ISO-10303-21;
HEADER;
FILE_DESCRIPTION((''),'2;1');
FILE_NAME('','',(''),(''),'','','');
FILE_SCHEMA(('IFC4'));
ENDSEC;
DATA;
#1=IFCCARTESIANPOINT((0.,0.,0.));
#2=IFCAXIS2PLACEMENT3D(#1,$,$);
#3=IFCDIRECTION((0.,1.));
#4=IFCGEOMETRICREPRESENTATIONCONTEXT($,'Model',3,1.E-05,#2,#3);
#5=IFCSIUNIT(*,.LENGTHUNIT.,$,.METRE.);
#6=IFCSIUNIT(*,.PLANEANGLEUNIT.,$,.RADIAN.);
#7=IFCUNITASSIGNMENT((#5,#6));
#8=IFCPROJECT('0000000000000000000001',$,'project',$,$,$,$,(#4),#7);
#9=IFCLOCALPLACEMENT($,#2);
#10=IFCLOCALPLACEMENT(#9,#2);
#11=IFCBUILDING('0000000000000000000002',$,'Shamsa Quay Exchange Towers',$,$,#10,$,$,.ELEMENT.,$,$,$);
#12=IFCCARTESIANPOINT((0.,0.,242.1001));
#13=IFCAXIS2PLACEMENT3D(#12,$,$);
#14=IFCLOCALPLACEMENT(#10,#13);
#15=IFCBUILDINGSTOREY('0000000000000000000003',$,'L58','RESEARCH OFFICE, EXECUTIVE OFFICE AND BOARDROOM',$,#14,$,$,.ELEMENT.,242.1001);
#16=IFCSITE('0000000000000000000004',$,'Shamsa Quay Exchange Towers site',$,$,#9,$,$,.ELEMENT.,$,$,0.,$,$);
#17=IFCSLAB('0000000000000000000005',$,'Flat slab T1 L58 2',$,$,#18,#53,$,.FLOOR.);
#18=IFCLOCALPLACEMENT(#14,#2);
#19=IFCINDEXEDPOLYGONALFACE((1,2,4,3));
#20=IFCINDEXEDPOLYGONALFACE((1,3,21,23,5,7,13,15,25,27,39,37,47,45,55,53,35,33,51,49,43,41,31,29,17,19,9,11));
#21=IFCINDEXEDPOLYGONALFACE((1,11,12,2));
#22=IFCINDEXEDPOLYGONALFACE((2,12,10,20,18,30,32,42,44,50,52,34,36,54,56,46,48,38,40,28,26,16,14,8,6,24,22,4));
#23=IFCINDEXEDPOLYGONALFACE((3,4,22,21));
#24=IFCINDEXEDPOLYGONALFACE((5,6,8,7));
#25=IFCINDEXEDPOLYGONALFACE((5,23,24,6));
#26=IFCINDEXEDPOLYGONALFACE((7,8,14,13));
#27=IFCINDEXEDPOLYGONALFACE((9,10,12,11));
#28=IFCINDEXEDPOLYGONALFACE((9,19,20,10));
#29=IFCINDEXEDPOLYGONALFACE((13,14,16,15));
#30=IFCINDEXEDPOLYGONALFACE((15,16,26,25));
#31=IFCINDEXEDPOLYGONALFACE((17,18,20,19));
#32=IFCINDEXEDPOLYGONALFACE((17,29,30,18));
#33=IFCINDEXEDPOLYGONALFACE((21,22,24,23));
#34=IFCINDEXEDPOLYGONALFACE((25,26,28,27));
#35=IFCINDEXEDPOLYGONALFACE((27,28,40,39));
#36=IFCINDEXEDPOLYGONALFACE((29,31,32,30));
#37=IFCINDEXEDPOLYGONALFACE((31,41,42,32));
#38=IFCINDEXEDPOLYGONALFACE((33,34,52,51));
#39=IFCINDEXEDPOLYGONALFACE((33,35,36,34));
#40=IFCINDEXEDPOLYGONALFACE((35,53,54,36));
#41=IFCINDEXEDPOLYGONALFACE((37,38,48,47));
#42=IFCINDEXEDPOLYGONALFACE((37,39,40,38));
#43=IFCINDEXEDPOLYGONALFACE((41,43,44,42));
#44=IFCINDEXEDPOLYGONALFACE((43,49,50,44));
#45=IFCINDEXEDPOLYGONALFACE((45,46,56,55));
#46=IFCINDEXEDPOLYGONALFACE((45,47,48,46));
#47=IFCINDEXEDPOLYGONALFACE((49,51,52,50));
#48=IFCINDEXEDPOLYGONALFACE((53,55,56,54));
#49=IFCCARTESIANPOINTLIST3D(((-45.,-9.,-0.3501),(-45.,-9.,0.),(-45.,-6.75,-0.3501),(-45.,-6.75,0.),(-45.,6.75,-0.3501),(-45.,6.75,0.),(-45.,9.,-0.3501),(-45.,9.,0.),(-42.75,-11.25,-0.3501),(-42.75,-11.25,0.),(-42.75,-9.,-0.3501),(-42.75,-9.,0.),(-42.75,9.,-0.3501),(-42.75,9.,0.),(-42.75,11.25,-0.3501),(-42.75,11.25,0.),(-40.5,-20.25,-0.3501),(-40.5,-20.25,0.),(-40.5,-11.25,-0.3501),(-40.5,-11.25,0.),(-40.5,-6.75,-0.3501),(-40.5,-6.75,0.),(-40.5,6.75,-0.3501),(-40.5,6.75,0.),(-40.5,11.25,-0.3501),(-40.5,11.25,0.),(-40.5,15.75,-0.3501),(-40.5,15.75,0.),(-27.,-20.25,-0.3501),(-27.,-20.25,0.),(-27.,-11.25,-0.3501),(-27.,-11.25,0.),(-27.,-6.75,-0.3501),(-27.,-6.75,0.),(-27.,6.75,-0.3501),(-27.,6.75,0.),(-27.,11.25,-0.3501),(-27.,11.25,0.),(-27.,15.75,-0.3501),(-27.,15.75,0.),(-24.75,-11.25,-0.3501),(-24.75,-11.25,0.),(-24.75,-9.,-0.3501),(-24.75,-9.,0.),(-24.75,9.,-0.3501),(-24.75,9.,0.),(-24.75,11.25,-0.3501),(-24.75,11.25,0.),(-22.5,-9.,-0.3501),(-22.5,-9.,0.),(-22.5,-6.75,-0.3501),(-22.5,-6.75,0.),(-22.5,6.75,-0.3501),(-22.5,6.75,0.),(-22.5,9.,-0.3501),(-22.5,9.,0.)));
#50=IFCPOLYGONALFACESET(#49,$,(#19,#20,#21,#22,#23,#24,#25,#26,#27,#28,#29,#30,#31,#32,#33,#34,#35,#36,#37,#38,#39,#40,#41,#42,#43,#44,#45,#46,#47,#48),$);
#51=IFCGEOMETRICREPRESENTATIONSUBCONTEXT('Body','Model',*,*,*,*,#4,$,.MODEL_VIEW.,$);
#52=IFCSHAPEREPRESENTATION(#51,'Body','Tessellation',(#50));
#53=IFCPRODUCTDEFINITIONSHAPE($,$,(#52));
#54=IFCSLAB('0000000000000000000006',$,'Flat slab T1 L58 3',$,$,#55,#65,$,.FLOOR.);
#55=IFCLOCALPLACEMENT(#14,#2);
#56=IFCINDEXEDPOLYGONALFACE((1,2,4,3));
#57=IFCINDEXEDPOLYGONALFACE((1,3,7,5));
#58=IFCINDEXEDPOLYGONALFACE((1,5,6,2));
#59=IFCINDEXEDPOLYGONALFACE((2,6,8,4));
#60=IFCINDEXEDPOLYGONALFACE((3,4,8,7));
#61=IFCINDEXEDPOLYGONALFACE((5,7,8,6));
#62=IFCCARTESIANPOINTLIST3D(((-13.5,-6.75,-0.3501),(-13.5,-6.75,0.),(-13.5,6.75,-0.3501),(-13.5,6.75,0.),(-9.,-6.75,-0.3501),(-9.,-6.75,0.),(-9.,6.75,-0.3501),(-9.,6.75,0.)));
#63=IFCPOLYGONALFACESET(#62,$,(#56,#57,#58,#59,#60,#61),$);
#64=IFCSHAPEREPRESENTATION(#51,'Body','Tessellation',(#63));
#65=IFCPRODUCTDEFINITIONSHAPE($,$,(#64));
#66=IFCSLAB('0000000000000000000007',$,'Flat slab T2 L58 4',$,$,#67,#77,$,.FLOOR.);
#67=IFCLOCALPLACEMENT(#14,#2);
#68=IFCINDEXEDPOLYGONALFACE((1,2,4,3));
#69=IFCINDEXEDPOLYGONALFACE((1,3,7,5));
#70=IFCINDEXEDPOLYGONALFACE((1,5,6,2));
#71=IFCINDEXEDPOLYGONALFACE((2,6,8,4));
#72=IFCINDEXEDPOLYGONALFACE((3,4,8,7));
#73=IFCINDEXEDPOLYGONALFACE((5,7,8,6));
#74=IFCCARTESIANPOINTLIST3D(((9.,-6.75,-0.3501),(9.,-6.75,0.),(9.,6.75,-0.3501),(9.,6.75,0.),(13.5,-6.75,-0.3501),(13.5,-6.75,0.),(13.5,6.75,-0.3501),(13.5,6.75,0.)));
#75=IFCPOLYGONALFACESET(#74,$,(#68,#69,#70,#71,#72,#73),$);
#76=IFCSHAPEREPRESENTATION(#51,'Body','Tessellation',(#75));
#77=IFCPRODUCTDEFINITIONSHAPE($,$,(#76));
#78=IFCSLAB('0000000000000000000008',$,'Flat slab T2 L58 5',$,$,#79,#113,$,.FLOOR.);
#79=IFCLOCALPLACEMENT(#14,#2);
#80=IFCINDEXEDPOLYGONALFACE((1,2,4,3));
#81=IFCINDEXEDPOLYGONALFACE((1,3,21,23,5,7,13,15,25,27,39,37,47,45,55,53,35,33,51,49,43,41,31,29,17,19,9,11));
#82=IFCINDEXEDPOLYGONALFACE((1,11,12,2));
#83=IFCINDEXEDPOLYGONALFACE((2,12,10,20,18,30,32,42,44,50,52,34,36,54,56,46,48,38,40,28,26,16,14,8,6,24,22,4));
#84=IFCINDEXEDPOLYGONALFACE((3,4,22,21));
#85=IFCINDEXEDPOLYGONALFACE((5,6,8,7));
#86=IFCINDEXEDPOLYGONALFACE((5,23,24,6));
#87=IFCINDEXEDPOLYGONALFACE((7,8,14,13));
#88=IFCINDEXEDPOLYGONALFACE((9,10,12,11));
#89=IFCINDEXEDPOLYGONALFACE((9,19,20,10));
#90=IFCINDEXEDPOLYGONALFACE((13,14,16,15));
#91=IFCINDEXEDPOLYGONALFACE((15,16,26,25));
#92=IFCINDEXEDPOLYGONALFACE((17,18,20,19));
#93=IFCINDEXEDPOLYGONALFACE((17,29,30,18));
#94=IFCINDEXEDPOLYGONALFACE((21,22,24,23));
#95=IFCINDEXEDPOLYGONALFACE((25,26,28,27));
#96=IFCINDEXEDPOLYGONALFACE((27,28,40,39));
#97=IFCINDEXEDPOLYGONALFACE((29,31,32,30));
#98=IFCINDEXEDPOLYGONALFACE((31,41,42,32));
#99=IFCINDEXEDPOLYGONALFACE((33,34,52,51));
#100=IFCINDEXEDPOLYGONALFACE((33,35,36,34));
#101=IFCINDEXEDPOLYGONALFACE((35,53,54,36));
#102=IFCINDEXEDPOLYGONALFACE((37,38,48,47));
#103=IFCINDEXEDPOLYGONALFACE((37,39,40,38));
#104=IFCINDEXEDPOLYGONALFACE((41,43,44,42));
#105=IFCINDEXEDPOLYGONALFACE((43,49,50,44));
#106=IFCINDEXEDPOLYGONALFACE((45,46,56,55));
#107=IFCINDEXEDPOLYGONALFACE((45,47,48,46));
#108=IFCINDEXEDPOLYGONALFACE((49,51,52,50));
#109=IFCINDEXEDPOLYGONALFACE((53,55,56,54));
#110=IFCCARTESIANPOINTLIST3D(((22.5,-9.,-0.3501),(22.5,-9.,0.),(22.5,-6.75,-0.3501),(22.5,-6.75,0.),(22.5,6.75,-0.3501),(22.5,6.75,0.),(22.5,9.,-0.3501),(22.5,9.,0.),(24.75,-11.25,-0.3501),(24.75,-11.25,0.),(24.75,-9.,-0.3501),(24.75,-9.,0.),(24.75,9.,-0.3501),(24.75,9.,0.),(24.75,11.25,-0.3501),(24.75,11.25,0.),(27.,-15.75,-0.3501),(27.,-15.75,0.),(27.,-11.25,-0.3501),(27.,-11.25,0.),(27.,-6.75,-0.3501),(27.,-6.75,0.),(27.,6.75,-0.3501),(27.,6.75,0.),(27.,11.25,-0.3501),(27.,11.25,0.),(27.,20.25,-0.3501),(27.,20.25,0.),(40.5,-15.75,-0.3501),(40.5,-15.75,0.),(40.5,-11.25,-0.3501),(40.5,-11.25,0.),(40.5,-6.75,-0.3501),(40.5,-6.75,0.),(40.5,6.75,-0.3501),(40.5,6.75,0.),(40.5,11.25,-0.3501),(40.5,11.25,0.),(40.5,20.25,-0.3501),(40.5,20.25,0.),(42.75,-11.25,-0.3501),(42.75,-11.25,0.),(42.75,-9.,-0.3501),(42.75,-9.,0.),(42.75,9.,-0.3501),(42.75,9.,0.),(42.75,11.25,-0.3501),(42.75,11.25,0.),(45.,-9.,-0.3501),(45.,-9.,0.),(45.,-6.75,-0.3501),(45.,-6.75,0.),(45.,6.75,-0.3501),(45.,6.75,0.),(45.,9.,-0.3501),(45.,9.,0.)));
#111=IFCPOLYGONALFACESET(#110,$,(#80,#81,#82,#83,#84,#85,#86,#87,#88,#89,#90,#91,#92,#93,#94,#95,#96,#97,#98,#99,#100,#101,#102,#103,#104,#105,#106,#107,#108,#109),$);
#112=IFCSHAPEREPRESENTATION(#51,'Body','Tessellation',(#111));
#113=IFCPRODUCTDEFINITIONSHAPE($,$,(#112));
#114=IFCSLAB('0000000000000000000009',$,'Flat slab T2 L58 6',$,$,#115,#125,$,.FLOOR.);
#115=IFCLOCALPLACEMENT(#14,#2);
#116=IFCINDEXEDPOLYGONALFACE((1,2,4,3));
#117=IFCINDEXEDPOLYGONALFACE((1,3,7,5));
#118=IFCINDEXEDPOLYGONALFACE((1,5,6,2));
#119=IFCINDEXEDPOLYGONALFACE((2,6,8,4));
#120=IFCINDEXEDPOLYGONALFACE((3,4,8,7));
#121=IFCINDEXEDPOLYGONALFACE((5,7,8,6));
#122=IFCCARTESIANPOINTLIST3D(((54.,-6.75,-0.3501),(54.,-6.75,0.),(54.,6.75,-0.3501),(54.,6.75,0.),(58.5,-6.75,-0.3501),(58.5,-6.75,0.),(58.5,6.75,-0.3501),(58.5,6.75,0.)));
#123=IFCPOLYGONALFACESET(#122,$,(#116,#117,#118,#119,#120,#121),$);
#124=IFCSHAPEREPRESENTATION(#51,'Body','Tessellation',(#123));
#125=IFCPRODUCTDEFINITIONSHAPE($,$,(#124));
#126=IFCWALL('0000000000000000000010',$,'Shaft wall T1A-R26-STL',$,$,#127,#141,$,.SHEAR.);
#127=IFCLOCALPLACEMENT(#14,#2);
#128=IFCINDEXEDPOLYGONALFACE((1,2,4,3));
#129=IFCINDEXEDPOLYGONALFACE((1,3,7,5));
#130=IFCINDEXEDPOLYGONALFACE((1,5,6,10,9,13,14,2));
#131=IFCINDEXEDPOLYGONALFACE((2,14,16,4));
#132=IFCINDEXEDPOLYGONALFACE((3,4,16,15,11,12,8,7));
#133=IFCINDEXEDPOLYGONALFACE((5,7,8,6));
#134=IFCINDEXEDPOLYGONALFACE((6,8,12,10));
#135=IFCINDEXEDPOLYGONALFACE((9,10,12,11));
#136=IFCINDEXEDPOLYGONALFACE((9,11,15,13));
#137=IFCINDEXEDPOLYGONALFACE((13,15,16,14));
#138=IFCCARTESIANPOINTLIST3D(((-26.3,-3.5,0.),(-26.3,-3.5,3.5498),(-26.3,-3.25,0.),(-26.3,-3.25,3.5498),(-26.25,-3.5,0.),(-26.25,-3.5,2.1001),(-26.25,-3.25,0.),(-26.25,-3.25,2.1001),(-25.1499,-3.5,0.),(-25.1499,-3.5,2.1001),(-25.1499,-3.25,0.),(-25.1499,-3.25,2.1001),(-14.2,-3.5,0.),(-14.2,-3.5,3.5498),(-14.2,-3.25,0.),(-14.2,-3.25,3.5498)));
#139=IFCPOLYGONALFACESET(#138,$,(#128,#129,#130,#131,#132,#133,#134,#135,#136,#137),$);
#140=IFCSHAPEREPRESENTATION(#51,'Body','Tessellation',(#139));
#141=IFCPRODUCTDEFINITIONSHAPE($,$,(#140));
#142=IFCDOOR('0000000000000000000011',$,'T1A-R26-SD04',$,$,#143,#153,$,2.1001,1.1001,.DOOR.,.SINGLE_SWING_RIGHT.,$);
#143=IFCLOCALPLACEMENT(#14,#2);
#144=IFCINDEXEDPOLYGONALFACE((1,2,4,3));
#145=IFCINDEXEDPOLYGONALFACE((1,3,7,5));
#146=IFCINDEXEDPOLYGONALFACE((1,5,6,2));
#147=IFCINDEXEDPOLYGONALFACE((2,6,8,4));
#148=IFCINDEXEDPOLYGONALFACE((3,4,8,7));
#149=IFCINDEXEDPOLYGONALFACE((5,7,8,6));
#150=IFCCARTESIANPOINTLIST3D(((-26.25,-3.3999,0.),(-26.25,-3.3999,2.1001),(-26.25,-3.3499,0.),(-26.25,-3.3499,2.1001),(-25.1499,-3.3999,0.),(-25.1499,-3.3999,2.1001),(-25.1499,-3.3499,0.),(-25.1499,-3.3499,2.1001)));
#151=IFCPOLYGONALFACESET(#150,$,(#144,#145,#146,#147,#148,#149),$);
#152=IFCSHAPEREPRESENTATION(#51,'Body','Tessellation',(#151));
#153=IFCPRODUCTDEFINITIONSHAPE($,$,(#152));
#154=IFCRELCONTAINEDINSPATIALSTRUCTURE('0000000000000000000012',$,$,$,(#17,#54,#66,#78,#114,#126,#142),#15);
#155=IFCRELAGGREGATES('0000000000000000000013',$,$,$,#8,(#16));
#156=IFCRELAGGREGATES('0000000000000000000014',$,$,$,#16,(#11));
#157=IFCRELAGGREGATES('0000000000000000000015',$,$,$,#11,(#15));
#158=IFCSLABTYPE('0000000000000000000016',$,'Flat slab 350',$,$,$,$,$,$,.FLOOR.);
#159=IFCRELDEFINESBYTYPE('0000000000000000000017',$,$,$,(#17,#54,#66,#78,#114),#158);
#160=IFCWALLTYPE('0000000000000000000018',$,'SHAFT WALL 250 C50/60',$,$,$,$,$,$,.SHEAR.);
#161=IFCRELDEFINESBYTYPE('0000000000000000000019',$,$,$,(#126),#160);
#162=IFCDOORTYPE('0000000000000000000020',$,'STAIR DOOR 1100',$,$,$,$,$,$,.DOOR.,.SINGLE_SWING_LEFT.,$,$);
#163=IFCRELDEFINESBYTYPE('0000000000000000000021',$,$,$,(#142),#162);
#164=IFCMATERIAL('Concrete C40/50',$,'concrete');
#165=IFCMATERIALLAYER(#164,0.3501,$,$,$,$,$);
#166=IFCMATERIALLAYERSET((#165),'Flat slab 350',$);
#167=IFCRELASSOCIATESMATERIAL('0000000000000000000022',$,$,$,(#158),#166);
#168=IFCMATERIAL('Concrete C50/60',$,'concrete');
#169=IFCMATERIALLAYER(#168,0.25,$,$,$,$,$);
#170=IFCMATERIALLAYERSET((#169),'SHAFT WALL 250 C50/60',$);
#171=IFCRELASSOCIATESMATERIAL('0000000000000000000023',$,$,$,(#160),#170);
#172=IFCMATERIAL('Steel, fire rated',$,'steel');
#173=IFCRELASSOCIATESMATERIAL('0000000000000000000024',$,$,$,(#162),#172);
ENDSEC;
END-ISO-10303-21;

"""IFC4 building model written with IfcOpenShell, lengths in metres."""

from ifc_helpers import new_model, si_unit, direction, frame, frame_2d, origin, place, context, subcontext, project, spatial, polyline, rectangle, outline, extrude, material, layer, layer_set, type_object, element, fill, save


model = new_model("IFC4")

# Units and contexts
model_context = context("Model", 3, precision=1e-05, world=origin(), true_north=direction((0.0, 1.0)))
body_context = subcontext(model_context, "Body", "Model", "MODEL_VIEW")
ifc_project = project(units=[si_unit("LENGTHUNIT", "METRE"), si_unit("PLANEANGLEUNIT", "RADIAN")], contexts=[model_context])

# Site, building, storey
site_placement = place(None, origin())
site = spatial("IfcSite", under=ifc_project, at=site_placement, Name="Shamsa Quay Exchange Towers site", CompositionType="ELEMENT", RefElevation=0.0)
building_placement = place(site_placement, origin())
building = spatial("IfcBuilding", under=site, at=building_placement, Name="Shamsa Quay Exchange Towers", CompositionType="ELEMENT")
storey_placement = place(building_placement, frame((0.0, 0.0, 242.1001)))
storey = spatial("IfcBuildingStorey", under=building, at=storey_placement, Name="L58", Description="RESEARCH OFFICE, EXECUTIVE OFFICE AND BOARDROOM", CompositionType="ELEMENT", Elevation=242.1001)

# Slabs
ifc_material_1 = material(Name="Concrete C40/50", Category="concrete")
ifc_layer_1 = layer(ifc_material_1, 0.3501)
ifc_layer_set_1 = layer_set([ifc_layer_1], Name="Flat slab 350")
slab_type_1 = type_object("IfcSlabType", Name="Flat slab 350", PredefinedType="FLOOR", material=ifc_layer_set_1)
slab_1_placement = place(storey_placement, frame((0.0, 0.0, -0.3501)))
element("IfcSlab", 1, at=slab_1_placement, inside=storey, type_object=slab_type_1, Name="Flat slab T1 L58 2", PredefinedType="FLOOR", context=body_context, shape_type="SweptSolid", body=[
    extrude(outline(polyline([(-22.5, -9.0), (-22.5, -6.75), (-27.0, -6.75), (-27.0, 6.75), (-22.5, 6.75), (-22.5, 9.0), (-24.75, 9.0), (-24.75, 11.25), (-27.0, 11.25), (-27.0, 15.75), (-40.5, 15.75), (-40.5, 11.25), (-42.75, 11.25), (-42.75, 9.0), (-45.0, 9.0), (-45.0, 6.75), (-40.5, 6.75), (-40.5, -6.75), (-45.0, -6.75), (-45.0, -9.0), (-42.75, -9.0), (-42.75, -11.25), (-40.5, -11.25), (-40.5, -20.25), (-27.0, -20.25), (-27.0, -11.25), (-24.75, -11.25), (-24.75, -9.0), (-22.5, -9.0)])), origin(), (0.0, 0.0, 1.0), 0.3501),
])
slab_2_placement = place(storey_placement, frame((0.0, 0.0, -0.3501)))
element("IfcSlab", 2, at=slab_2_placement, inside=storey, type_object=slab_type_1, Name="Flat slab T1 L58 3", PredefinedType="FLOOR", context=body_context, shape_type="SweptSolid", body=[
    extrude(outline(polyline([(-9.0, 6.75), (-13.5, 6.75), (-13.5, -6.75), (-9.0, -6.75), (-9.0, 6.75)])), origin(), (0.0, 0.0, 1.0), 0.3501),
])
slab_3_placement = place(storey_placement, frame((0.0, 0.0, -0.3501)))
element("IfcSlab", 3, at=slab_3_placement, inside=storey, type_object=slab_type_1, Name="Flat slab T2 L58 4", PredefinedType="FLOOR", context=body_context, shape_type="SweptSolid", body=[
    extrude(outline(polyline([(9.0, -6.75), (13.5, -6.75), (13.5, 6.75), (9.0, 6.75), (9.0, -6.75)])), origin(), (0.0, 0.0, 1.0), 0.3501),
])
slab_4_placement = place(storey_placement, frame((0.0, 0.0, -0.3501)))
element("IfcSlab", 4, at=slab_4_placement, inside=storey, type_object=slab_type_1, Name="Flat slab T2 L58 5", PredefinedType="FLOOR", context=body_context, shape_type="SweptSolid", body=[
    extrude(outline(polyline([(45.0, -9.0), (45.0, -6.75), (40.5, -6.75), (40.5, 6.75), (45.0, 6.75), (45.0, 9.0), (42.75, 9.0), (42.75, 11.25), (40.5, 11.25), (40.5, 20.25), (27.0, 20.25), (27.0, 11.25), (24.75, 11.25), (24.75, 9.0), (22.5, 9.0), (22.5, 6.75), (27.0, 6.75), (27.0, -6.75), (22.5, -6.75), (22.5, -9.0), (24.75, -9.0), (24.75, -11.25), (27.0, -11.25), (27.0, -15.75), (40.5, -15.75), (40.5, -11.25), (42.75, -11.25), (42.75, -9.0), (45.0, -9.0)])), origin(), (0.0, 0.0, 1.0), 0.3501),
])
slab_5_placement = place(storey_placement, frame((0.0, 0.0, -0.3501)))
element("IfcSlab", 5, at=slab_5_placement, inside=storey, type_object=slab_type_1, Name="Flat slab T2 L58 6", PredefinedType="FLOOR", context=body_context, shape_type="SweptSolid", body=[
    extrude(outline(polyline([(58.5, 6.75), (54.0, 6.75), (54.0, -6.75), (58.5, -6.75), (58.5, 6.75)])), origin(), (0.0, 0.0, 1.0), 0.3501),
])

# Wall, opening, door
ifc_material_2 = material(Name="Concrete C50/60", Category="concrete")
ifc_layer_2 = layer(ifc_material_2, 0.25)
ifc_layer_set_2 = layer_set([ifc_layer_2], Name="SHAFT WALL 250 C50/60")
wall_type = type_object("IfcWallType", Name="SHAFT WALL 250 C50/60", PredefinedType="SHEAR", material=ifc_layer_set_2)
wall_1_placement = place(storey_placement, frame((-14.2, -3.375, 0.0), z_axis=(0.0, 0.0, 1.0), x_axis=(-1.0, 0.0, 0.0)))
wall_1 = element("IfcWall", 6, at=wall_1_placement, inside=storey, type_object=wall_type, Name="Shaft wall T1A-R26-STL", PredefinedType="SHEAR", context=body_context, shape_type="SweptSolid", body=[
    extrude(rectangle(XDim=12.1001, YDim=0.25, at=frame_2d((6.05, 0.0))), origin(), (0.0, 0.0, 1.0), 3.5498),
])
opening_1_placement = place(wall_1_placement, frame((10.95, 0.0, 0.0)))
opening_1 = element("IfcOpeningElement", 7, at=opening_1_placement, cuts=wall_1, PredefinedType="OPENING", context=body_context, shape_type="SweptSolid", body=[
    extrude(rectangle(XDim=1.1001, YDim=2.1001, at=frame_2d((0.55, 1.05))), frame((0.0, 0.135, 0.0), z_axis=(0.0, -1.0, 0.0), x_axis=(1.0, 0.0, 0.0)), (0.0, 0.0, 1.0), 0.27),
])
ifc_material_3 = material(Name="Steel, fire rated", Category="steel")
door_type_1 = type_object("IfcDoorType", Name="STAIR DOOR 1100", OperationType="SINGLE_SWING_LEFT", PredefinedType="DOOR", material=ifc_material_3)
door_1_placement = place(opening_1_placement, origin())
door_1 = element("IfcDoor", 8, at=door_1_placement, inside=storey, type_object=door_type_1, Name="T1A-R26-SD04", OperationType="SINGLE_SWING_RIGHT", OverallHeight=2.1001, OverallWidth=1.1001, PredefinedType="DOOR", context=body_context, shape_type="SweptSolid", body=[
    extrude(rectangle(XDim=1.1001, YDim=2.1001, at=frame_2d((0.55, 1.05))), frame((0.0, 0.0249, 0.0), z_axis=(0.0, -1.0, 0.0), x_axis=(1.0, 0.0, 0.0)), (0.0, 0.0, 1.0), 0.05),
])
fill(opening_1, door_1)

save(model, "model.ifc")
